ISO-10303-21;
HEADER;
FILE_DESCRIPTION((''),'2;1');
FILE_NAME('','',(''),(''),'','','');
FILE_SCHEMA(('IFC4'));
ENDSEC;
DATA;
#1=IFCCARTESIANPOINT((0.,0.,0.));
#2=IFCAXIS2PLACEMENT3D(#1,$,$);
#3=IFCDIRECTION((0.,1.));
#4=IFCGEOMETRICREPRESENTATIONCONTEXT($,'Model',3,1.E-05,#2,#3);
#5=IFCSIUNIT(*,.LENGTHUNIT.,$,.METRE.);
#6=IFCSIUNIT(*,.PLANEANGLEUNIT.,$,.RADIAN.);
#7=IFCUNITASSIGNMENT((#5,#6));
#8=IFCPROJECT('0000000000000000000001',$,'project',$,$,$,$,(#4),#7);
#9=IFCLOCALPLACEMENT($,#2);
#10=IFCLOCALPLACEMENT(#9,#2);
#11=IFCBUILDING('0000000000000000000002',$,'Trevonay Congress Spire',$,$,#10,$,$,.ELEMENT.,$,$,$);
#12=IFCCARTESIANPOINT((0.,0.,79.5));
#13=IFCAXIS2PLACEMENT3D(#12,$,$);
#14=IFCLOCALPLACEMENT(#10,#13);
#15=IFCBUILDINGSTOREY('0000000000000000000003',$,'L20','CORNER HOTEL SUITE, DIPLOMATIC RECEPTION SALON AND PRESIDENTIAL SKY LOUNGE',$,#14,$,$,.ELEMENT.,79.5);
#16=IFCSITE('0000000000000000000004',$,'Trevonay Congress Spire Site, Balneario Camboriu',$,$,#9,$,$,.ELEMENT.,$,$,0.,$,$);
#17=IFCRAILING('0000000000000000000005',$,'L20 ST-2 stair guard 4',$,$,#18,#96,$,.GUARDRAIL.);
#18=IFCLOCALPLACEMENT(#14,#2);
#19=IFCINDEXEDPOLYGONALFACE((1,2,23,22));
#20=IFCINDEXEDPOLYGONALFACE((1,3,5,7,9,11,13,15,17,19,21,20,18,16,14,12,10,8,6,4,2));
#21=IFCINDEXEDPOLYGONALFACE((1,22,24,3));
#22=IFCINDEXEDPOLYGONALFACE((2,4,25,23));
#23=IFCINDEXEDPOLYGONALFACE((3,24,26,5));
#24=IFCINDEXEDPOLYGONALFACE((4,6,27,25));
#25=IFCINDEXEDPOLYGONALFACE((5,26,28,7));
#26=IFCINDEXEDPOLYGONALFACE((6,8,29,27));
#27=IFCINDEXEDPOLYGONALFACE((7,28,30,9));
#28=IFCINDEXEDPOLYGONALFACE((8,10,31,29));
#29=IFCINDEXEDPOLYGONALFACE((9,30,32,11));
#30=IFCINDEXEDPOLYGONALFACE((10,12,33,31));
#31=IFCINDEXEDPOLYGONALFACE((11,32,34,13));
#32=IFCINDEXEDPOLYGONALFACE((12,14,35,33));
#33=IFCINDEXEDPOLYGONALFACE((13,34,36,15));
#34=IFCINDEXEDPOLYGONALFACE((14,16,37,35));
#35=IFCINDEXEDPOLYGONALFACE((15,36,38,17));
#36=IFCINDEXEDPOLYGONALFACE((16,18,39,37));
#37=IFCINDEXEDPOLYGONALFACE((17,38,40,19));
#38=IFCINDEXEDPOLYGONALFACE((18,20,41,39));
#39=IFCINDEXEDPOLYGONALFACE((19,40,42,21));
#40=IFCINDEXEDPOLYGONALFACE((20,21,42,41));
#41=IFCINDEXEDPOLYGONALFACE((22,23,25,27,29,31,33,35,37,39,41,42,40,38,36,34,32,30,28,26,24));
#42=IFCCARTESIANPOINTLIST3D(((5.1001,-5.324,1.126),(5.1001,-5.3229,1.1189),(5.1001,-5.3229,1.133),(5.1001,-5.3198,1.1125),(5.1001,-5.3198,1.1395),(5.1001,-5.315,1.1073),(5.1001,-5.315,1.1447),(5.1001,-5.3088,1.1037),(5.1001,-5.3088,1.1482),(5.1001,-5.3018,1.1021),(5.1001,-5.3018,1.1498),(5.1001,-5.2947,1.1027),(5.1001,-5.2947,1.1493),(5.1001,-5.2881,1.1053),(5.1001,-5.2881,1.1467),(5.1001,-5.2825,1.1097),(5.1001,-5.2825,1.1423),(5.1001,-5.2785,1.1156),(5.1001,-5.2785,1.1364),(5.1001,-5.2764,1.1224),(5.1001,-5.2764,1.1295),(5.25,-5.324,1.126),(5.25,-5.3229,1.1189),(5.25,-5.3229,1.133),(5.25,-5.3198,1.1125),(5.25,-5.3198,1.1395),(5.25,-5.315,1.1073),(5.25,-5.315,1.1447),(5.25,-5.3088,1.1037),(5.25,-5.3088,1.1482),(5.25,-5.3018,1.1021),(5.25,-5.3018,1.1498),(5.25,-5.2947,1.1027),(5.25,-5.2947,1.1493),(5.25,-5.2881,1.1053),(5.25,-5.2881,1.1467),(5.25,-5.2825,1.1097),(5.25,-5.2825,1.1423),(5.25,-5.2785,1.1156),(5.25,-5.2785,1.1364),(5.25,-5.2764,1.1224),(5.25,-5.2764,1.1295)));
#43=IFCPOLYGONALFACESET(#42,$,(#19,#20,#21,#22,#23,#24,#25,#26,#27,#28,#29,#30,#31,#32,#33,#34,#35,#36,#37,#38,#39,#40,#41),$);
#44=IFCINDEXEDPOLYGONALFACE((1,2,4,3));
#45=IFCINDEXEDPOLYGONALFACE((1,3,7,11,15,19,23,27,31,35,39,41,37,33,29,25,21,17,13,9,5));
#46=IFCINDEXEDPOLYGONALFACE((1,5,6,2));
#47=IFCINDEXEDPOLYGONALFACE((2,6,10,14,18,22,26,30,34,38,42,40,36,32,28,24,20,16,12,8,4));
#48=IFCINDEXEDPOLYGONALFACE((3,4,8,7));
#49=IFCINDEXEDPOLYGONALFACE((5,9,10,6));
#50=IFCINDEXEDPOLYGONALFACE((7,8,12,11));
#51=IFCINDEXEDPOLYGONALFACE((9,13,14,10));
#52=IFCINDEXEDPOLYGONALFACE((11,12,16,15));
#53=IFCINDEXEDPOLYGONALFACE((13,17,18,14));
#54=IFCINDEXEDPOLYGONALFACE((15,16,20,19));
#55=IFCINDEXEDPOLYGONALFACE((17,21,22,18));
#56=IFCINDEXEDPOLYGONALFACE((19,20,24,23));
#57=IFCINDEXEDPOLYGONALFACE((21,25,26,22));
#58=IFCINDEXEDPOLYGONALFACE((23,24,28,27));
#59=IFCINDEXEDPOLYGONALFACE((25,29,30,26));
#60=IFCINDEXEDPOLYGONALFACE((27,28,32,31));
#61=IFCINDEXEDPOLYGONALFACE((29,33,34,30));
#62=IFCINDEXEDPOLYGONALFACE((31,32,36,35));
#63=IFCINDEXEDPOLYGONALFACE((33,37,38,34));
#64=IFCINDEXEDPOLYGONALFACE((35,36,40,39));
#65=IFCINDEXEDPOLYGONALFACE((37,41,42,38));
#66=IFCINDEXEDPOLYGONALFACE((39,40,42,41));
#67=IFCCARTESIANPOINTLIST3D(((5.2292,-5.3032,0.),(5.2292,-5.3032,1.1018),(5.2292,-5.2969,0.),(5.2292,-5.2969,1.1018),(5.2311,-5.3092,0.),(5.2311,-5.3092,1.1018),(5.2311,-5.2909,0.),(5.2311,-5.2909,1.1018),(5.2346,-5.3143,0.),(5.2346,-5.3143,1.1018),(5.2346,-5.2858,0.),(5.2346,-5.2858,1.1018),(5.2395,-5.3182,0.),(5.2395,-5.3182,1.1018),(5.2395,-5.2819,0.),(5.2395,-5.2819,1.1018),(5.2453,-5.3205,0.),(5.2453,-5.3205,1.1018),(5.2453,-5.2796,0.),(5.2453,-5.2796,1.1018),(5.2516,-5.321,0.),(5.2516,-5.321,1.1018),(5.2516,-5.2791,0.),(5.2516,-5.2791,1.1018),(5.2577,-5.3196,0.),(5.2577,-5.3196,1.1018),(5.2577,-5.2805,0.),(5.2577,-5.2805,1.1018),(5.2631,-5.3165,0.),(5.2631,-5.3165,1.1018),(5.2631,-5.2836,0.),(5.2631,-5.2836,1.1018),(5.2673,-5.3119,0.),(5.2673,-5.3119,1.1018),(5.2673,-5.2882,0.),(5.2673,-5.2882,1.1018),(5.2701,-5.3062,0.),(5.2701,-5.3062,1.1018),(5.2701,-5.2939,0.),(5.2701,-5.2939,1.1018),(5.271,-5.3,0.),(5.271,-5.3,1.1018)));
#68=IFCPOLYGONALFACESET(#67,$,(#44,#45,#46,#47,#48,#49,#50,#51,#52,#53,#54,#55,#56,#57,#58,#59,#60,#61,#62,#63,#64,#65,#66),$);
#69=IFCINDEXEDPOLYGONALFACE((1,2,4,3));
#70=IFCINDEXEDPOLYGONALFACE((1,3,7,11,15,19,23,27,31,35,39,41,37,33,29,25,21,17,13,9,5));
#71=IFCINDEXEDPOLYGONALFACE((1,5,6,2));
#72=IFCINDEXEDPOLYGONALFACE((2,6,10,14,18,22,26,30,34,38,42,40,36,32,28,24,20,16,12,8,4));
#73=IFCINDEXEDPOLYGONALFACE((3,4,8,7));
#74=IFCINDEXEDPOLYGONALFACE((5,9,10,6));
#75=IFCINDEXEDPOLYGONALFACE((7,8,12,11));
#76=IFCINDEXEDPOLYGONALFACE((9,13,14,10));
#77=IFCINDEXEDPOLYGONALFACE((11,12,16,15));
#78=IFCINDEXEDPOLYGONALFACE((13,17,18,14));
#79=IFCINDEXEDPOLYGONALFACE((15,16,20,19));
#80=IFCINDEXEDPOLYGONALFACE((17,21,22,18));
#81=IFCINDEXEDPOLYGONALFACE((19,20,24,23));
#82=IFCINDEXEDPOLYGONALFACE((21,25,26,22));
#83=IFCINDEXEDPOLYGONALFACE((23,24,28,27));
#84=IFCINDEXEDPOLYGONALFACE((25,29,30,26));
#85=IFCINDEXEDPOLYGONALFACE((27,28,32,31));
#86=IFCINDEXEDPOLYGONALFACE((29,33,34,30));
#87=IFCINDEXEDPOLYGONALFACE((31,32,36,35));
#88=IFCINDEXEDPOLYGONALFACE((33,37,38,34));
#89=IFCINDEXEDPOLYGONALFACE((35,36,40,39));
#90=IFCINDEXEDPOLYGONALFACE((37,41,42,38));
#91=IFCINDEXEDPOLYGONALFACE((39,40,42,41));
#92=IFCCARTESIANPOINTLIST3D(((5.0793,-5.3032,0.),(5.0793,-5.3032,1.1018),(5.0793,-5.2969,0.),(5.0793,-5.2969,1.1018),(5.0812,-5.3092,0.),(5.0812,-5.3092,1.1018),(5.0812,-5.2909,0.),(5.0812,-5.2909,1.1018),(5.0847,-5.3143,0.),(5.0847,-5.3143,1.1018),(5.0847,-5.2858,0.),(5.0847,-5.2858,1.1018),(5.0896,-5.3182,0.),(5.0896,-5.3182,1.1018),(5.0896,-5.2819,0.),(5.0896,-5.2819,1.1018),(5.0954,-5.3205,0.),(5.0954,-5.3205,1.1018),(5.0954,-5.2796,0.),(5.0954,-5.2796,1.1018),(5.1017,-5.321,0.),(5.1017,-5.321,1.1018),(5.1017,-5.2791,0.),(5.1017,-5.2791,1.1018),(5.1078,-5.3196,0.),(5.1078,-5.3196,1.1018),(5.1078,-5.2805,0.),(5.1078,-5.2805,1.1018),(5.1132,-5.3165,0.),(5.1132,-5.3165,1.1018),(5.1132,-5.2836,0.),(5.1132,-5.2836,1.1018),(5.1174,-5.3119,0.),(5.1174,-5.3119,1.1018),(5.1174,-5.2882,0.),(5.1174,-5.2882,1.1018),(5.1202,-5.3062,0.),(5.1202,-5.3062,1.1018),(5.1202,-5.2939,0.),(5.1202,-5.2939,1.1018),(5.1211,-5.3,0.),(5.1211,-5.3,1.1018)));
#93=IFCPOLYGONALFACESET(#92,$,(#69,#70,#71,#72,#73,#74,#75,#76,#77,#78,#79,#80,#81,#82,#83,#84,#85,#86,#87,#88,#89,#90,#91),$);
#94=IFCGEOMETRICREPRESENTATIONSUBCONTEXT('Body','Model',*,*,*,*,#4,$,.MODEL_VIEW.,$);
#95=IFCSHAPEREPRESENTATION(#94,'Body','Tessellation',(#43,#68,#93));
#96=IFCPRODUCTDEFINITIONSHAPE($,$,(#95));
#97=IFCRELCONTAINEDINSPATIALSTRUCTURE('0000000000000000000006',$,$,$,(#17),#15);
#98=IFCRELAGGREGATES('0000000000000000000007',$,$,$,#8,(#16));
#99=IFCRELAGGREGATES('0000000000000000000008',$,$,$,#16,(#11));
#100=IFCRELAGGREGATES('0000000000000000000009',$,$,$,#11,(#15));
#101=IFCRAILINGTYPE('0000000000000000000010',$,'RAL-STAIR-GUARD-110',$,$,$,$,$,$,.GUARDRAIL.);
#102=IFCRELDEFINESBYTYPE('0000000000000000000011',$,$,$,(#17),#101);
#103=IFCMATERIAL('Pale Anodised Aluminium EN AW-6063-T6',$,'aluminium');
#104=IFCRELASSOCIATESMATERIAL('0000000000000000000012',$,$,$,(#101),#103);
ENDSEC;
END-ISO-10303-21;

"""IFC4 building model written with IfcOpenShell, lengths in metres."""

from ifc_helpers import new_model, si_unit, direction, frame, origin, origin_2d, place, context, subcontext, project, spatial, circle, extrude, material, type_object, element, save


model = new_model("IFC4")

# Units and contexts
model_context = context("Model", 3, precision=1e-05, world=origin(), true_north=direction((0.0, 1.0)))
body_context = subcontext(model_context, "Body", "Model", "MODEL_VIEW")
ifc_project = project(units=[si_unit("LENGTHUNIT", "METRE"), si_unit("PLANEANGLEUNIT", "RADIAN")], contexts=[model_context])

# Site, building, storey
site_placement = place(None, origin())
site = spatial("IfcSite", under=ifc_project, at=site_placement, Name="Trevonay Congress Spire Site, Balneario Camboriu", CompositionType="ELEMENT", RefElevation=0.0)
building_placement = place(site_placement, origin())
building = spatial("IfcBuilding", under=site, at=building_placement, Name="Trevonay Congress Spire", CompositionType="ELEMENT")
storey_placement = place(building_placement, frame((0.0, 0.0, 79.5)))
storey = spatial("IfcBuildingStorey", under=building, at=storey_placement, Name="L20", Description="CORNER HOTEL SUITE, DIPLOMATIC RECEPTION SALON AND PRESIDENTIAL SKY LOUNGE", CompositionType="ELEMENT", Elevation=79.5)

# Railing
ifc_material_1 = material(Name="Pale Anodised Aluminium EN AW-6063-T6", Category="aluminium")
railing_type_1 = type_object("IfcRailingType", Name="RAL-STAIR-GUARD-110", PredefinedType="GUARDRAIL", material=ifc_material_1)
railing_1_placement = place(storey_placement, frame((5.25, -5.3, 0.0)))
element("IfcRailing", 1, at=railing_1_placement, inside=storey, type_object=railing_type_1, Name="L20 ST-2 stair guard 4", PredefinedType="GUARDRAIL", context=body_context, shape_type="SweptSolid", body=[
    extrude(circle(Radius=0.0239, at=origin_2d()), frame((0.0, 0.0, 1.126), z_axis=(-1.0, 0.0, 0.0), x_axis=(0.0, -1.0, 0.0)), (0.0, 0.0, 1.0), 0.1499),
    extrude(circle(Radius=0.021, at=origin_2d()), origin(), (0.0, 0.0, 1.0), 1.1018),
    extrude(circle(Radius=0.021, at=origin_2d()), frame((-0.1499, 0.0, 0.0)), (0.0, 0.0, 1.0), 1.1018),
])

save(model, "model.ifc")
